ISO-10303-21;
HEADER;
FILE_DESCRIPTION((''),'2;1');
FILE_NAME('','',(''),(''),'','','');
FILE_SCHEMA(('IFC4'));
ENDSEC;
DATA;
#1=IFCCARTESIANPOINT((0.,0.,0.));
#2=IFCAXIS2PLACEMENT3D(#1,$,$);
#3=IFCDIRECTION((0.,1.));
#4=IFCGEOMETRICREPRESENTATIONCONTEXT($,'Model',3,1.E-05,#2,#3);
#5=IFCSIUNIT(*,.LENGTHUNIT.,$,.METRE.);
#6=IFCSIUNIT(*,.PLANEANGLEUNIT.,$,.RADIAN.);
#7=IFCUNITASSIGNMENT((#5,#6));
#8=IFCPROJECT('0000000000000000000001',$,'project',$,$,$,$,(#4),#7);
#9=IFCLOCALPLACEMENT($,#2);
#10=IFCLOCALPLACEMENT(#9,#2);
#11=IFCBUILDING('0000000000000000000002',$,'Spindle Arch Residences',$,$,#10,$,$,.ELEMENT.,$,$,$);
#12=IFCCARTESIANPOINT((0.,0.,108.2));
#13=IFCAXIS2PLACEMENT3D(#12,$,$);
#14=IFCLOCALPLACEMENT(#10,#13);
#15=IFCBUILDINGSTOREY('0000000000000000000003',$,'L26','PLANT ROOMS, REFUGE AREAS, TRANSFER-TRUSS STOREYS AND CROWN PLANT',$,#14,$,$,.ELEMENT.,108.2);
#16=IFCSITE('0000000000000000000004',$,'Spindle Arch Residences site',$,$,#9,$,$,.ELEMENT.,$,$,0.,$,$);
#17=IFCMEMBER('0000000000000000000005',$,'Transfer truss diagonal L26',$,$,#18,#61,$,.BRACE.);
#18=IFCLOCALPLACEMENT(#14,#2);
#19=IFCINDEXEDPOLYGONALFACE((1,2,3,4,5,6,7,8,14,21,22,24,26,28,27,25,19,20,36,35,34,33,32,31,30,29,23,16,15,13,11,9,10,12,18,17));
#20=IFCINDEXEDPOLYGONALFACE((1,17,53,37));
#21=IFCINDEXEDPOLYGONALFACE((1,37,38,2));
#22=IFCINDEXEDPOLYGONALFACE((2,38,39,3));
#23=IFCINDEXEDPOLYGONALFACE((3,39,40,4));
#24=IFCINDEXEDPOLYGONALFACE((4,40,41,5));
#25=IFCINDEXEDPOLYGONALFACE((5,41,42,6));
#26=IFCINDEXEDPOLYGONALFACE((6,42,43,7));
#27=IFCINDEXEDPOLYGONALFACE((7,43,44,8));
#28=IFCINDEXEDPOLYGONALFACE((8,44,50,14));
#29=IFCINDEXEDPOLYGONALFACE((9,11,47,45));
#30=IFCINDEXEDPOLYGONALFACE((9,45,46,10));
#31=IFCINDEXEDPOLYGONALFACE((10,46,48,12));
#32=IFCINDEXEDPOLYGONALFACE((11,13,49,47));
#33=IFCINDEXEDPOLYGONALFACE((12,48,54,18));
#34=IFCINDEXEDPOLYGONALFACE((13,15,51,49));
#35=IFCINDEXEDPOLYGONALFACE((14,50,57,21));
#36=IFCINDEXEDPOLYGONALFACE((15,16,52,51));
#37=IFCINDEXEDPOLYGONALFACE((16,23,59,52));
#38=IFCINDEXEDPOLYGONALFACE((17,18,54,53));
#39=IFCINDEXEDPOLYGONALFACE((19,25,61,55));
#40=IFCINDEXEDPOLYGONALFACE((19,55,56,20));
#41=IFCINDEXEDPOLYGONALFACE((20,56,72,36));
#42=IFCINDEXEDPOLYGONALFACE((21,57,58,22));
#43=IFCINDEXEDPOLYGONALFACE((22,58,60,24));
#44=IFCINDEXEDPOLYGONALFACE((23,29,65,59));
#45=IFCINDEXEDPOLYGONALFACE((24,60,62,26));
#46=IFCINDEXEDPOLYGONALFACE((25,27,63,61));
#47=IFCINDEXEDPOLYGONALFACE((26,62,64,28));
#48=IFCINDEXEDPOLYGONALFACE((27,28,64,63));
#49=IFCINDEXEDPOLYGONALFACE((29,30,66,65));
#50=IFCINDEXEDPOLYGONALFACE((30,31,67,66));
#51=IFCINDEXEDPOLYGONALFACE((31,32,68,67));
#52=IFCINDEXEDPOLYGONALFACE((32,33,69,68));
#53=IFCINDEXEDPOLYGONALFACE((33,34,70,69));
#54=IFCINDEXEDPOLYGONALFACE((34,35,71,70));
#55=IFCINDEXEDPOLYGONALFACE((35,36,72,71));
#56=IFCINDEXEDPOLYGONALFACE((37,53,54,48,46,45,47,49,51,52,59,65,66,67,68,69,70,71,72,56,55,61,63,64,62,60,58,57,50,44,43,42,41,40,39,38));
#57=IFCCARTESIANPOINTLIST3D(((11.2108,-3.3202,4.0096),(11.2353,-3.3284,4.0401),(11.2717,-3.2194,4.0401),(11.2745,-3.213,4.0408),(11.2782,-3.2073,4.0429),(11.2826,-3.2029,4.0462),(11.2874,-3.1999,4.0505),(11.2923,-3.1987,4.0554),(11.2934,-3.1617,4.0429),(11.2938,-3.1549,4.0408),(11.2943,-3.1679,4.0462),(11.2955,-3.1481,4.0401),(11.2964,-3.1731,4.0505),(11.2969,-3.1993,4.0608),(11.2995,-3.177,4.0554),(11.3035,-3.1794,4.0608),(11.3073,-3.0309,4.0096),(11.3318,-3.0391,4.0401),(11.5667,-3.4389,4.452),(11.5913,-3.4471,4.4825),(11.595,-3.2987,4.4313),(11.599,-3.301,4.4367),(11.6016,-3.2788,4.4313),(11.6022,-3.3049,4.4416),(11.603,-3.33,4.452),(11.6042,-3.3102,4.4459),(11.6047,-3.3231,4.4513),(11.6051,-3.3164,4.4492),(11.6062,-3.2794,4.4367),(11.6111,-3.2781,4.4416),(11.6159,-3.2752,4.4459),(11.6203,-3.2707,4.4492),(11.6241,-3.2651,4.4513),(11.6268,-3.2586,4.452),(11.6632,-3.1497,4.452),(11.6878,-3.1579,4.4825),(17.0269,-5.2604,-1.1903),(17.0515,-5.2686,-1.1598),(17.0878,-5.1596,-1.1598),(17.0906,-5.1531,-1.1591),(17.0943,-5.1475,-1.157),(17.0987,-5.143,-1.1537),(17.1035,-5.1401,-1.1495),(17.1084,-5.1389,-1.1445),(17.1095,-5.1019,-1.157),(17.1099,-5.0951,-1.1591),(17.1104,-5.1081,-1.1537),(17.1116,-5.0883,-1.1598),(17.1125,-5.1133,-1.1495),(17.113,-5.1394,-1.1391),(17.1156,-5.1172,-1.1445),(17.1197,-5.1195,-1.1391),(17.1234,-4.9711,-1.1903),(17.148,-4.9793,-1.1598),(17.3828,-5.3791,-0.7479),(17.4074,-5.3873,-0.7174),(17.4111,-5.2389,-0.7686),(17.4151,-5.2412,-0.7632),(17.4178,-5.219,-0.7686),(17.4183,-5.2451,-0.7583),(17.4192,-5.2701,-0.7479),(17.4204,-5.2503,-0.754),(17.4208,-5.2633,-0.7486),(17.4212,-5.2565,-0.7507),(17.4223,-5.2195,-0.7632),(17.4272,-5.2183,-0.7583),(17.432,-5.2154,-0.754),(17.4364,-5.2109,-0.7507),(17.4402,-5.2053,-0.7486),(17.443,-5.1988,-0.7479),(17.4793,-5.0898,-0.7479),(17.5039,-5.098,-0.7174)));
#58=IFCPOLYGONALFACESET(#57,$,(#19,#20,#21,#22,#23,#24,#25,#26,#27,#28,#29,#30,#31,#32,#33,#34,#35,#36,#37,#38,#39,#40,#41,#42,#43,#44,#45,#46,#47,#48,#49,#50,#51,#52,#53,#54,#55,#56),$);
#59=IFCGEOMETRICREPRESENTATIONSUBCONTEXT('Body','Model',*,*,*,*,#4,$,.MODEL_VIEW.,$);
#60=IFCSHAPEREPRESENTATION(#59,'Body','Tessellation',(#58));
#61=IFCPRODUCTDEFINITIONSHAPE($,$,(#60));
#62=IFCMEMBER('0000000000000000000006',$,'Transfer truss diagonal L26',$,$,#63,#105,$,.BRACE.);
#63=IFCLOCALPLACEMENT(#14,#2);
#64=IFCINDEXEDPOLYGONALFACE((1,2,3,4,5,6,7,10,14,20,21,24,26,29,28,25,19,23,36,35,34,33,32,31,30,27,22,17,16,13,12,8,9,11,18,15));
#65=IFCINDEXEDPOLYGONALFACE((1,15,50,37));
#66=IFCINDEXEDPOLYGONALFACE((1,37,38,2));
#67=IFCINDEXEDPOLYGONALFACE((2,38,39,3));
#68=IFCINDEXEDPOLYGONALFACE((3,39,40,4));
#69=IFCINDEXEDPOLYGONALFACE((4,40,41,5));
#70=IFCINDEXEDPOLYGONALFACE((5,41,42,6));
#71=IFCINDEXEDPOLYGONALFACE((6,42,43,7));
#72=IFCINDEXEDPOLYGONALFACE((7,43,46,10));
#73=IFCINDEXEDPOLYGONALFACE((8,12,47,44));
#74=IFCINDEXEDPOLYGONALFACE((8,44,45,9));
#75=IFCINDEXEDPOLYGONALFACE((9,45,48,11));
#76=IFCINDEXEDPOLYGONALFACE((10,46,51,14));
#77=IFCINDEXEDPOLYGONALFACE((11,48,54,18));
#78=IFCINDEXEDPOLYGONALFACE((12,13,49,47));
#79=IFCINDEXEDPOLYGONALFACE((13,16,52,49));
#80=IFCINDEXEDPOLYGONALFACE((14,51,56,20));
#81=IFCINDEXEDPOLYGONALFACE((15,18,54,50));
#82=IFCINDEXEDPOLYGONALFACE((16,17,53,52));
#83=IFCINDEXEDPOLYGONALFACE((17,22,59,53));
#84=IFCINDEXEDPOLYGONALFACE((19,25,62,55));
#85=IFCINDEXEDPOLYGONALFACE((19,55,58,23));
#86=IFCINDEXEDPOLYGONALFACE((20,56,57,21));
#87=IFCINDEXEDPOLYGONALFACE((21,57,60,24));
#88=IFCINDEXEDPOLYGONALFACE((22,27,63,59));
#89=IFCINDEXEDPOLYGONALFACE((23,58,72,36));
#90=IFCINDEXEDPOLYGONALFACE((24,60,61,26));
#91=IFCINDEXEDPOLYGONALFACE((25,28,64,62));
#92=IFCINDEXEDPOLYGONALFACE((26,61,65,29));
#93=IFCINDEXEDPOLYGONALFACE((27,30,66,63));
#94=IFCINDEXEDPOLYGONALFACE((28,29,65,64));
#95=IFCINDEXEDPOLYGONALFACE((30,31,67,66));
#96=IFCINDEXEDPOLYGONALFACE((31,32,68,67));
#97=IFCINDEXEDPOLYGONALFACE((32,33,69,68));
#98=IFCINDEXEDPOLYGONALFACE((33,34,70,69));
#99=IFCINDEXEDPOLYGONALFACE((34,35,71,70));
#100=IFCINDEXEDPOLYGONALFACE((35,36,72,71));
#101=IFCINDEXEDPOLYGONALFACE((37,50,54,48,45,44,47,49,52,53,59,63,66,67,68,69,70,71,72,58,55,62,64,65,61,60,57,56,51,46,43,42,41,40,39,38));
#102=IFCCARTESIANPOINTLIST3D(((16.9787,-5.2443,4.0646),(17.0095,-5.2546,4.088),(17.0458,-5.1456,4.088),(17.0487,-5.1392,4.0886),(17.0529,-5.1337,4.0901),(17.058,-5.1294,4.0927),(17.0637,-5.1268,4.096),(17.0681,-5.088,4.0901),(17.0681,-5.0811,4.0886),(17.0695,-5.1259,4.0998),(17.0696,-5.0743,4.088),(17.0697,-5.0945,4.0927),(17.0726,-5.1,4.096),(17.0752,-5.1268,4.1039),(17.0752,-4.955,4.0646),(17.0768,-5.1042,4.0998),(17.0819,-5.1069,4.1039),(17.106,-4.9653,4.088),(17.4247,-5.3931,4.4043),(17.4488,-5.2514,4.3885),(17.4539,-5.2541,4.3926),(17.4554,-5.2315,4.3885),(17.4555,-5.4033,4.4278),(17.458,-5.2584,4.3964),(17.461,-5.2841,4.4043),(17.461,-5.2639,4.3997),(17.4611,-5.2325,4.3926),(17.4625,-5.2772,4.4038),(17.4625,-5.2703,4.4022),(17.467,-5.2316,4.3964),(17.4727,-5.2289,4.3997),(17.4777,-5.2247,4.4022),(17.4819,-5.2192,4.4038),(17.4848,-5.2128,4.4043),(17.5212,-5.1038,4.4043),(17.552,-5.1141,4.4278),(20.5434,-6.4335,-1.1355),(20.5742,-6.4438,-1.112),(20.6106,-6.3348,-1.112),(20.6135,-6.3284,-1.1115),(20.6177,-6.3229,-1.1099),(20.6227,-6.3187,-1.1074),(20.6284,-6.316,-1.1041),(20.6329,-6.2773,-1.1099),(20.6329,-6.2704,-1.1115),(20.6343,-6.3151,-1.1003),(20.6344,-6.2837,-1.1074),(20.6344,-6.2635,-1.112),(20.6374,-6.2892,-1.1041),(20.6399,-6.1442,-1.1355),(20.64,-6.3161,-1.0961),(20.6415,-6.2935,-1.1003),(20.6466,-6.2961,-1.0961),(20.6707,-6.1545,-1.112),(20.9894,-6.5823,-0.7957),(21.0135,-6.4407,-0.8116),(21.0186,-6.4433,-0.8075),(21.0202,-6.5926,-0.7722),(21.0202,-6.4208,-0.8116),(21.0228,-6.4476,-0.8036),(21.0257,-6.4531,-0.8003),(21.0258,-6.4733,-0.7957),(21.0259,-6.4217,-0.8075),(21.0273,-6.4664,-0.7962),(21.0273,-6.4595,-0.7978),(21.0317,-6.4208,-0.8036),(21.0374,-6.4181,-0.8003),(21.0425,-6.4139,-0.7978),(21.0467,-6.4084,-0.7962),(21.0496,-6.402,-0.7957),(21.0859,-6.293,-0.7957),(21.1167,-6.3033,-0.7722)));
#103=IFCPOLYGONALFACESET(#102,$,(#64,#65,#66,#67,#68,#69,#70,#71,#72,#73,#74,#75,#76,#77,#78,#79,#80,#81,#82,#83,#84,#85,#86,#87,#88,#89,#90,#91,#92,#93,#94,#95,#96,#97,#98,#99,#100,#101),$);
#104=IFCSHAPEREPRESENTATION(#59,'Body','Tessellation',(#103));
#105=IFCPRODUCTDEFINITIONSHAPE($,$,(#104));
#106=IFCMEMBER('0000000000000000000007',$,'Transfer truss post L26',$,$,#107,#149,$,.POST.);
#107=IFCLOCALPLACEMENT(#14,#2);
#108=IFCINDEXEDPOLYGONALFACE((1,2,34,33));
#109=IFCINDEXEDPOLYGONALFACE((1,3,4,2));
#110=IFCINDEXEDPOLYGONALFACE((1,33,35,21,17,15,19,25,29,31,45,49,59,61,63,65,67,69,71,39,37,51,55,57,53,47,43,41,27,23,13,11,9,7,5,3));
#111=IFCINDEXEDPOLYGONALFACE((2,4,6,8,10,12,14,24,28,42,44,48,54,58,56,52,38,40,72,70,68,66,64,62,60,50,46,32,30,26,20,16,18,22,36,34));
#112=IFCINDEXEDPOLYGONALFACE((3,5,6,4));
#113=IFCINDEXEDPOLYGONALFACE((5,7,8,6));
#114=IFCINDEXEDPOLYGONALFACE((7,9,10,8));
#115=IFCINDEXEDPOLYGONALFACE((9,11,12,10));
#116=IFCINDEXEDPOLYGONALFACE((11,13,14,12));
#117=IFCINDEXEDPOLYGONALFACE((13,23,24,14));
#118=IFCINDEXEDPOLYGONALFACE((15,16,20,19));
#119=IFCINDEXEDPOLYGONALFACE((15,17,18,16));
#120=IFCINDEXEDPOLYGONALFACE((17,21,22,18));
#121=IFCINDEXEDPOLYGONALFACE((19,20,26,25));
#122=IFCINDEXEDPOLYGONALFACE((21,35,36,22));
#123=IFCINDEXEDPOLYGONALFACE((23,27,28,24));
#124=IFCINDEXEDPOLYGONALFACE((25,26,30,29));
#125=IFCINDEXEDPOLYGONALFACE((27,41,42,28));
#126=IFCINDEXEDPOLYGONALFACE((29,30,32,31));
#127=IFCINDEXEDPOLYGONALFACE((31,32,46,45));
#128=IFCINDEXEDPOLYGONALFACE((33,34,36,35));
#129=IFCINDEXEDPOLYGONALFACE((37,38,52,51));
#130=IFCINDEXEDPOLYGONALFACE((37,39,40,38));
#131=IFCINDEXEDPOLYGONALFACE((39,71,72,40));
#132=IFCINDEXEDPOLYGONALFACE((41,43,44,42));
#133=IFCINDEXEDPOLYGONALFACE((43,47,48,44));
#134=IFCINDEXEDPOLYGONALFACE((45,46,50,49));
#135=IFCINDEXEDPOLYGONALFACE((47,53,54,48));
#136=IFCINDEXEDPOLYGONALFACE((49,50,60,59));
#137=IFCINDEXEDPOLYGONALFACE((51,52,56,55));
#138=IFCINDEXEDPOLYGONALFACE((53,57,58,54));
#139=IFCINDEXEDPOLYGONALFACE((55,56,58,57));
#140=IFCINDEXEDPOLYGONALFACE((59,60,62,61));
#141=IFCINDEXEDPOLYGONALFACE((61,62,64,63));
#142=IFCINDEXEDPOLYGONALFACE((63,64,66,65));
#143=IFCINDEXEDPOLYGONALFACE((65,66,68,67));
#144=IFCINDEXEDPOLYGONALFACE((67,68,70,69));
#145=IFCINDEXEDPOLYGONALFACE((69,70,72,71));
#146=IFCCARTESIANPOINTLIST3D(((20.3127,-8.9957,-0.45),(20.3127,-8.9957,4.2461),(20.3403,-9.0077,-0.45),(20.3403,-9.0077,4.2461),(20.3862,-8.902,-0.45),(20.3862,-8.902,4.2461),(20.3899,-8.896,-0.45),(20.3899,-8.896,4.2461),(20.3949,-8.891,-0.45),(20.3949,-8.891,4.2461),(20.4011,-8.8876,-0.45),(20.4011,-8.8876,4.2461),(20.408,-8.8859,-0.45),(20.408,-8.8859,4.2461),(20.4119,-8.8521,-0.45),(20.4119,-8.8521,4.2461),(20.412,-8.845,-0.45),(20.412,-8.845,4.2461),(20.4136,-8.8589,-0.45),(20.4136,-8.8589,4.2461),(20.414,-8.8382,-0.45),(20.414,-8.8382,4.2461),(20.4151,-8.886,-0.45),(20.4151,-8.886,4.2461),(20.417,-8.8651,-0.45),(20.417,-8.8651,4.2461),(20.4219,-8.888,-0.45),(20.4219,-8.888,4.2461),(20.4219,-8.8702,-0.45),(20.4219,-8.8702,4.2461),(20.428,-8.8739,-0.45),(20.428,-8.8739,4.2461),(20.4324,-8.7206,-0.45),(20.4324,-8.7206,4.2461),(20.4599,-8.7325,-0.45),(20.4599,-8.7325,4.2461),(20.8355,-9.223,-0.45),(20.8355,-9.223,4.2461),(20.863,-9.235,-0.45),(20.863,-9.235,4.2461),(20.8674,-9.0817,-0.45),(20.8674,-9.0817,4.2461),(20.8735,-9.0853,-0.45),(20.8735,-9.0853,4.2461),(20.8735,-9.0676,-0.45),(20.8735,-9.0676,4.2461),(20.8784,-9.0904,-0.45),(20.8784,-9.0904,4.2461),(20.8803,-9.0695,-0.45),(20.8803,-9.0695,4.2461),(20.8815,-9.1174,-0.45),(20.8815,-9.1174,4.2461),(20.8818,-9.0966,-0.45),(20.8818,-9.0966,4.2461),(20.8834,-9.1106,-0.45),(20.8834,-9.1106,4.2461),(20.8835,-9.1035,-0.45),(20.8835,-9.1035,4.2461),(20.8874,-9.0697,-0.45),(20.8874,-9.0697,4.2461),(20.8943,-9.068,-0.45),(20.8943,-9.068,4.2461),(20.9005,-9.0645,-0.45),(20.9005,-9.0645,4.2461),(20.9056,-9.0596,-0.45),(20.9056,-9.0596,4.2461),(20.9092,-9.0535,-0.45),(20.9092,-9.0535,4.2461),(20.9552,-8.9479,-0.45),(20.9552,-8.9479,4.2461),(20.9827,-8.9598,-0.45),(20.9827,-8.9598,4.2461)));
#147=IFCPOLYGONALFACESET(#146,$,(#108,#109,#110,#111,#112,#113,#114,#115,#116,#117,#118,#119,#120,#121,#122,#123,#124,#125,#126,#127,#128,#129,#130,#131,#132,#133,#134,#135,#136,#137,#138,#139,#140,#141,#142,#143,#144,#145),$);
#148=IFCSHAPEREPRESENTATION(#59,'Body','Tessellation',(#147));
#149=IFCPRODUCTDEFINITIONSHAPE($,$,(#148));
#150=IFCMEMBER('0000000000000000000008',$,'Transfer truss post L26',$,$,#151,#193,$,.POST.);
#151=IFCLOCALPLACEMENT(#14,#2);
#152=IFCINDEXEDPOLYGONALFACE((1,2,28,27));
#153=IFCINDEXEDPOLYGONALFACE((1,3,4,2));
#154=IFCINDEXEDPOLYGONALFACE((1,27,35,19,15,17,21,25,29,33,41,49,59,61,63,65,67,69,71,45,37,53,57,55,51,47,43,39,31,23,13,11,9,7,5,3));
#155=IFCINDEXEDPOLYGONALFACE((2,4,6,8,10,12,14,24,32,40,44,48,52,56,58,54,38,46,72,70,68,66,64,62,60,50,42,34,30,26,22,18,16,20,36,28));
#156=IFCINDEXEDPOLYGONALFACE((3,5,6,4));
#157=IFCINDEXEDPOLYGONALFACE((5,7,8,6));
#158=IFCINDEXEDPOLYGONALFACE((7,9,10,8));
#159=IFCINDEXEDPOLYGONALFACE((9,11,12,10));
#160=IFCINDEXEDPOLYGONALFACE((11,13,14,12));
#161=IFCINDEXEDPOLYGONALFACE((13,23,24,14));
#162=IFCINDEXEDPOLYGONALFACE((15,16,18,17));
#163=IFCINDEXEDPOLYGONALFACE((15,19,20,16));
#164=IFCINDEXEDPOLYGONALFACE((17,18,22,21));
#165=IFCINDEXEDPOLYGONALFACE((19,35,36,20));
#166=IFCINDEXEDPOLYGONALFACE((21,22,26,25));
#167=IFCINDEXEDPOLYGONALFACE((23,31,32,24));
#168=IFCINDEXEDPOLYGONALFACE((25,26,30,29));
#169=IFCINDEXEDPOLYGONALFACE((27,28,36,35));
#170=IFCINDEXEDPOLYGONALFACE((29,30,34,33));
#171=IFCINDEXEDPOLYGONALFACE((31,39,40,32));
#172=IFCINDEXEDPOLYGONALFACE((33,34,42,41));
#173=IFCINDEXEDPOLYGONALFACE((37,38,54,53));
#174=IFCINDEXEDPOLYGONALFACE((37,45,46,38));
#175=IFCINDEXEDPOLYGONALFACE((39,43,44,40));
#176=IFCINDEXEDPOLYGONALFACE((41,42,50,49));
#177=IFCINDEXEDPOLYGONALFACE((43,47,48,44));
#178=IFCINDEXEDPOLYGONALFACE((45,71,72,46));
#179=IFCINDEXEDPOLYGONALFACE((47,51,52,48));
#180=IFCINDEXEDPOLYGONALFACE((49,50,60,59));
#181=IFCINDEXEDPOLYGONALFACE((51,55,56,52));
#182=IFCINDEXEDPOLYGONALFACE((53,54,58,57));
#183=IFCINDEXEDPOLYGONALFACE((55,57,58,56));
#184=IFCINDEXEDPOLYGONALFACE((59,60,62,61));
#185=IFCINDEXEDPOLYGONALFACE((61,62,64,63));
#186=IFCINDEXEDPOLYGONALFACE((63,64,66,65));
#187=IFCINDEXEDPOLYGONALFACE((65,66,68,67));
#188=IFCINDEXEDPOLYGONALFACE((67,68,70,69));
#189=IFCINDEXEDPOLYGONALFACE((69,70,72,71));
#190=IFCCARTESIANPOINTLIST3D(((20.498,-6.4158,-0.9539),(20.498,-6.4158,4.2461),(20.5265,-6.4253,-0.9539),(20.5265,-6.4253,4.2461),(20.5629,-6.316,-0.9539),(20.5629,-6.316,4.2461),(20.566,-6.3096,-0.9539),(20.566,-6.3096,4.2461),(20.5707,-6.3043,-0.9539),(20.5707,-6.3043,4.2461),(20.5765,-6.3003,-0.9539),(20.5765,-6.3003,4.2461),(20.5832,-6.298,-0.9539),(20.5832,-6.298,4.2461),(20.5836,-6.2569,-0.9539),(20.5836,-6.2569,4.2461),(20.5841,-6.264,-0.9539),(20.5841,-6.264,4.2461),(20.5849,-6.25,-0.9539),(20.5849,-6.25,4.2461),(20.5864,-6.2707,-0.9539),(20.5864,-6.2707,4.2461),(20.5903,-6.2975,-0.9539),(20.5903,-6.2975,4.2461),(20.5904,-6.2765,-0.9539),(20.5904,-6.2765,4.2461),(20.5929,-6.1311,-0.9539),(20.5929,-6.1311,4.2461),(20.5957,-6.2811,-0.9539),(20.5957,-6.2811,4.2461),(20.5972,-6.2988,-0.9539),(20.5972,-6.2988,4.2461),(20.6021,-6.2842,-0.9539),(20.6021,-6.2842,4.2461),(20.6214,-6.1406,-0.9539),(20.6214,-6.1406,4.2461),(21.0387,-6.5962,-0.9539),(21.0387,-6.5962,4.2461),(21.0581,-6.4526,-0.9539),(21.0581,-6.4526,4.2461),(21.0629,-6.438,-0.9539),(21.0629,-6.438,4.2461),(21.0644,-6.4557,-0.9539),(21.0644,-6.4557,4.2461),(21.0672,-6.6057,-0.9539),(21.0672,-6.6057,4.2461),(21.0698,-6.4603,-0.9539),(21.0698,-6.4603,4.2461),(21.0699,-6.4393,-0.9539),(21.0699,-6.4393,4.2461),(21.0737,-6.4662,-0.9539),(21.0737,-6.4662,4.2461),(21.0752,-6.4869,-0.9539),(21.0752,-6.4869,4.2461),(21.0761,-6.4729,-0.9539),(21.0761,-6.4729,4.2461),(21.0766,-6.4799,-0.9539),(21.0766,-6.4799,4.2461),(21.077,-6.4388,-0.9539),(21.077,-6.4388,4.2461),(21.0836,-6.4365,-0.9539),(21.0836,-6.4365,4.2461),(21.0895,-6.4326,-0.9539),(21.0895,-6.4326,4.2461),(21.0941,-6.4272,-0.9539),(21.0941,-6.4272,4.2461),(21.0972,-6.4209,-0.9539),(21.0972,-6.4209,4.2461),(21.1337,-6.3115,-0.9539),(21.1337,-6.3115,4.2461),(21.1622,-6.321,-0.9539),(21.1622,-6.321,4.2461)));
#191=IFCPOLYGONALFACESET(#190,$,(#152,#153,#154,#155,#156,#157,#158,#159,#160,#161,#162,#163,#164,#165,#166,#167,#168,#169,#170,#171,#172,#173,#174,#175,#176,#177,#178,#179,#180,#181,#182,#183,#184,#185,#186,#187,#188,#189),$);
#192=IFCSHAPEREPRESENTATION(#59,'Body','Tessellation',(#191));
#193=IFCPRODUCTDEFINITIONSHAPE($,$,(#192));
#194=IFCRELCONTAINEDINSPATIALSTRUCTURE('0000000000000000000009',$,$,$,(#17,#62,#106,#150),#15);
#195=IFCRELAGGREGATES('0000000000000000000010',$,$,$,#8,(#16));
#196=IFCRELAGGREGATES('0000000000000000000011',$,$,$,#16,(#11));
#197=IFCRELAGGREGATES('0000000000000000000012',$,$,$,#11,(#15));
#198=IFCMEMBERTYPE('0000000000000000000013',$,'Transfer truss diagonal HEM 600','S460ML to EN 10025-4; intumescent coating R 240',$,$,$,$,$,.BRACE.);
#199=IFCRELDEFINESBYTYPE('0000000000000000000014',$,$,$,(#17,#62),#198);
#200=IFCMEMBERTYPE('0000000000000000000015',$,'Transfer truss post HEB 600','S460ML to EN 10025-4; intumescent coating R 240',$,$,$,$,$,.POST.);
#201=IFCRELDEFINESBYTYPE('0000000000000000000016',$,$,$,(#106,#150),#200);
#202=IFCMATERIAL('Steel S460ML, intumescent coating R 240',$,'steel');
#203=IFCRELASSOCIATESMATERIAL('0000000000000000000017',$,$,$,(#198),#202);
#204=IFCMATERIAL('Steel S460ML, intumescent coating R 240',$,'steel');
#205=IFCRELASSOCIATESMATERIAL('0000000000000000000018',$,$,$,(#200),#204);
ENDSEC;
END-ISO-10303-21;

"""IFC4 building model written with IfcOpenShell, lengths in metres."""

from ifc_helpers import new_model, si_unit, direction, frame, origin, origin_2d, place, context, subcontext, project, spatial, i_section, extrude, material, material_profile, profile_set, type_object, element, save


model = new_model("IFC4")

# Units and contexts
model_context = context("Model", 3, precision=1e-05, world=origin(), true_north=direction((0.0, 1.0)))
body_context = subcontext(model_context, "Body", "Model", "MODEL_VIEW")
ifc_project = project(units=[si_unit("LENGTHUNIT", "METRE"), si_unit("PLANEANGLEUNIT", "RADIAN")], contexts=[model_context])

# Site, building, storey
site_placement = place(None, origin())
site = spatial("IfcSite", under=ifc_project, at=site_placement, Name="Spindle Arch Residences site", CompositionType="ELEMENT", RefElevation=0.0)
building_placement = place(site_placement, origin())
building = spatial("IfcBuilding", under=site, at=building_placement, Name="Spindle Arch Residences", CompositionType="ELEMENT")
storey_placement = place(building_placement, frame((0.0, 0.0, 108.2)))
storey = spatial("IfcBuildingStorey", under=building, at=storey_placement, Name="L26", Description="PLANT ROOMS, REFUGE AREAS, TRANSFER-TRUSS STOREYS AND CROWN PLANT", CompositionType="ELEMENT", Elevation=108.2)

# Members
ifc_material_1 = material(Name="Steel S460ML, intumescent coating R 240", Category="steel")
ifc_material_profile_1 = material_profile(ifc_material_1, i_section(OverallWidth=0.3049, OverallDepth=0.6201, WebThickness=0.021, FlangeThickness=0.04, FilletRadius=0.0271, at=origin_2d()), Name="HEM 600")
ifc_profile_set_1 = profile_set([ifc_material_profile_1], Name="Steel S460ML, intumescent coating R 240")
member_type_1 = type_object("IfcMemberType", Name="Transfer truss diagonal HEM 600", Description="S460ML to EN 10025-4; intumescent coating R 240", PredefinedType="BRACE", material=ifc_profile_set_1)
member_1_placement = place(storey_placement, frame((17.2654, -5.1792, -0.9539), z_axis=(-0.723459, 0.241335, 0.64681), x_axis=(-0.316443, -0.948612, 0.0)))
element("IfcMember", 1, at=member_1_placement, inside=storey, type_object=member_type_1, Name="Transfer truss diagonal L26", PredefinedType="BRACE", context=body_context, shape_type="SweptSolid", body=[
    extrude(i_section(OverallWidth=0.3049, OverallDepth=0.6201, WebThickness=0.021, FlangeThickness=0.04, FilletRadius=0.0271, at=origin_2d()), origin(), (0.0, 0.0, 1.0), 8.0393),
])
member_2_placement = place(storey_placement, frame((20.8301, -6.3684, -0.9539), z_axis=(-0.555624, 0.18536, 0.810508), x_axis=(-0.316462, -0.948605, 0.0)))
element("IfcMember", 2, at=member_2_placement, inside=storey, type_object=member_type_1, Name="Transfer truss diagonal L26", PredefinedType="BRACE", context=body_context, shape_type="SweptSolid", body=[
    extrude(i_section(OverallWidth=0.3049, OverallDepth=0.6201, WebThickness=0.021, FlangeThickness=0.04, FilletRadius=0.0271, at=origin_2d()), origin(), (0.0, 0.0, 1.0), 6.4158),
])
ifc_material_2 = material(Name="Steel S460ML, intumescent coating R 240", Category="steel")
ifc_material_profile_2 = material_profile(ifc_material_2, i_section(OverallWidth=0.3, OverallDepth=0.6001, WebThickness=0.0154, FlangeThickness=0.03, FilletRadius=0.0271, at=origin_2d()), Name="HEB 600")
ifc_profile_set_2 = profile_set([ifc_material_profile_2], Name="Steel S460ML, intumescent coating R 240")
member_type_2 = type_object("IfcMemberType", Name="Transfer truss post HEB 600", Description="S460ML to EN 10025-4; intumescent coating R 240", PredefinedType="POST", material=ifc_profile_set_2)
member_3_placement = place(storey_placement, frame((20.6477, -8.9778, -0.45), z_axis=(0.0, 0.0, 1.0), x_axis=(-0.398748, -0.917061, 0.0)))
element("IfcMember", 3, at=member_3_placement, inside=storey, type_object=member_type_2, Name="Transfer truss post L26", PredefinedType="POST", context=body_context, shape_type="SweptSolid", body=[
    extrude(i_section(OverallWidth=0.3, OverallDepth=0.6001, WebThickness=0.0154, FlangeThickness=0.03, FilletRadius=0.0271, at=origin_2d()), origin(), (0.0, 0.0, 1.0), 4.696),
])
member_4_placement = place(storey_placement, frame((20.8301, -6.3684, -0.9539), z_axis=(0.0, 0.0, 1.0), x_axis=(-0.316441, -0.948612, 0.0)))
element("IfcMember", 4, at=member_4_placement, inside=storey, type_object=member_type_2, Name="Transfer truss post L26", PredefinedType="POST", context=body_context, shape_type="SweptSolid", body=[
    extrude(i_section(OverallWidth=0.3, OverallDepth=0.6001, WebThickness=0.0154, FlangeThickness=0.03, FilletRadius=0.0271, at=origin_2d()), origin(), (0.0, 0.0, 1.0), 5.2),
])

save(model, "model.ifc")
